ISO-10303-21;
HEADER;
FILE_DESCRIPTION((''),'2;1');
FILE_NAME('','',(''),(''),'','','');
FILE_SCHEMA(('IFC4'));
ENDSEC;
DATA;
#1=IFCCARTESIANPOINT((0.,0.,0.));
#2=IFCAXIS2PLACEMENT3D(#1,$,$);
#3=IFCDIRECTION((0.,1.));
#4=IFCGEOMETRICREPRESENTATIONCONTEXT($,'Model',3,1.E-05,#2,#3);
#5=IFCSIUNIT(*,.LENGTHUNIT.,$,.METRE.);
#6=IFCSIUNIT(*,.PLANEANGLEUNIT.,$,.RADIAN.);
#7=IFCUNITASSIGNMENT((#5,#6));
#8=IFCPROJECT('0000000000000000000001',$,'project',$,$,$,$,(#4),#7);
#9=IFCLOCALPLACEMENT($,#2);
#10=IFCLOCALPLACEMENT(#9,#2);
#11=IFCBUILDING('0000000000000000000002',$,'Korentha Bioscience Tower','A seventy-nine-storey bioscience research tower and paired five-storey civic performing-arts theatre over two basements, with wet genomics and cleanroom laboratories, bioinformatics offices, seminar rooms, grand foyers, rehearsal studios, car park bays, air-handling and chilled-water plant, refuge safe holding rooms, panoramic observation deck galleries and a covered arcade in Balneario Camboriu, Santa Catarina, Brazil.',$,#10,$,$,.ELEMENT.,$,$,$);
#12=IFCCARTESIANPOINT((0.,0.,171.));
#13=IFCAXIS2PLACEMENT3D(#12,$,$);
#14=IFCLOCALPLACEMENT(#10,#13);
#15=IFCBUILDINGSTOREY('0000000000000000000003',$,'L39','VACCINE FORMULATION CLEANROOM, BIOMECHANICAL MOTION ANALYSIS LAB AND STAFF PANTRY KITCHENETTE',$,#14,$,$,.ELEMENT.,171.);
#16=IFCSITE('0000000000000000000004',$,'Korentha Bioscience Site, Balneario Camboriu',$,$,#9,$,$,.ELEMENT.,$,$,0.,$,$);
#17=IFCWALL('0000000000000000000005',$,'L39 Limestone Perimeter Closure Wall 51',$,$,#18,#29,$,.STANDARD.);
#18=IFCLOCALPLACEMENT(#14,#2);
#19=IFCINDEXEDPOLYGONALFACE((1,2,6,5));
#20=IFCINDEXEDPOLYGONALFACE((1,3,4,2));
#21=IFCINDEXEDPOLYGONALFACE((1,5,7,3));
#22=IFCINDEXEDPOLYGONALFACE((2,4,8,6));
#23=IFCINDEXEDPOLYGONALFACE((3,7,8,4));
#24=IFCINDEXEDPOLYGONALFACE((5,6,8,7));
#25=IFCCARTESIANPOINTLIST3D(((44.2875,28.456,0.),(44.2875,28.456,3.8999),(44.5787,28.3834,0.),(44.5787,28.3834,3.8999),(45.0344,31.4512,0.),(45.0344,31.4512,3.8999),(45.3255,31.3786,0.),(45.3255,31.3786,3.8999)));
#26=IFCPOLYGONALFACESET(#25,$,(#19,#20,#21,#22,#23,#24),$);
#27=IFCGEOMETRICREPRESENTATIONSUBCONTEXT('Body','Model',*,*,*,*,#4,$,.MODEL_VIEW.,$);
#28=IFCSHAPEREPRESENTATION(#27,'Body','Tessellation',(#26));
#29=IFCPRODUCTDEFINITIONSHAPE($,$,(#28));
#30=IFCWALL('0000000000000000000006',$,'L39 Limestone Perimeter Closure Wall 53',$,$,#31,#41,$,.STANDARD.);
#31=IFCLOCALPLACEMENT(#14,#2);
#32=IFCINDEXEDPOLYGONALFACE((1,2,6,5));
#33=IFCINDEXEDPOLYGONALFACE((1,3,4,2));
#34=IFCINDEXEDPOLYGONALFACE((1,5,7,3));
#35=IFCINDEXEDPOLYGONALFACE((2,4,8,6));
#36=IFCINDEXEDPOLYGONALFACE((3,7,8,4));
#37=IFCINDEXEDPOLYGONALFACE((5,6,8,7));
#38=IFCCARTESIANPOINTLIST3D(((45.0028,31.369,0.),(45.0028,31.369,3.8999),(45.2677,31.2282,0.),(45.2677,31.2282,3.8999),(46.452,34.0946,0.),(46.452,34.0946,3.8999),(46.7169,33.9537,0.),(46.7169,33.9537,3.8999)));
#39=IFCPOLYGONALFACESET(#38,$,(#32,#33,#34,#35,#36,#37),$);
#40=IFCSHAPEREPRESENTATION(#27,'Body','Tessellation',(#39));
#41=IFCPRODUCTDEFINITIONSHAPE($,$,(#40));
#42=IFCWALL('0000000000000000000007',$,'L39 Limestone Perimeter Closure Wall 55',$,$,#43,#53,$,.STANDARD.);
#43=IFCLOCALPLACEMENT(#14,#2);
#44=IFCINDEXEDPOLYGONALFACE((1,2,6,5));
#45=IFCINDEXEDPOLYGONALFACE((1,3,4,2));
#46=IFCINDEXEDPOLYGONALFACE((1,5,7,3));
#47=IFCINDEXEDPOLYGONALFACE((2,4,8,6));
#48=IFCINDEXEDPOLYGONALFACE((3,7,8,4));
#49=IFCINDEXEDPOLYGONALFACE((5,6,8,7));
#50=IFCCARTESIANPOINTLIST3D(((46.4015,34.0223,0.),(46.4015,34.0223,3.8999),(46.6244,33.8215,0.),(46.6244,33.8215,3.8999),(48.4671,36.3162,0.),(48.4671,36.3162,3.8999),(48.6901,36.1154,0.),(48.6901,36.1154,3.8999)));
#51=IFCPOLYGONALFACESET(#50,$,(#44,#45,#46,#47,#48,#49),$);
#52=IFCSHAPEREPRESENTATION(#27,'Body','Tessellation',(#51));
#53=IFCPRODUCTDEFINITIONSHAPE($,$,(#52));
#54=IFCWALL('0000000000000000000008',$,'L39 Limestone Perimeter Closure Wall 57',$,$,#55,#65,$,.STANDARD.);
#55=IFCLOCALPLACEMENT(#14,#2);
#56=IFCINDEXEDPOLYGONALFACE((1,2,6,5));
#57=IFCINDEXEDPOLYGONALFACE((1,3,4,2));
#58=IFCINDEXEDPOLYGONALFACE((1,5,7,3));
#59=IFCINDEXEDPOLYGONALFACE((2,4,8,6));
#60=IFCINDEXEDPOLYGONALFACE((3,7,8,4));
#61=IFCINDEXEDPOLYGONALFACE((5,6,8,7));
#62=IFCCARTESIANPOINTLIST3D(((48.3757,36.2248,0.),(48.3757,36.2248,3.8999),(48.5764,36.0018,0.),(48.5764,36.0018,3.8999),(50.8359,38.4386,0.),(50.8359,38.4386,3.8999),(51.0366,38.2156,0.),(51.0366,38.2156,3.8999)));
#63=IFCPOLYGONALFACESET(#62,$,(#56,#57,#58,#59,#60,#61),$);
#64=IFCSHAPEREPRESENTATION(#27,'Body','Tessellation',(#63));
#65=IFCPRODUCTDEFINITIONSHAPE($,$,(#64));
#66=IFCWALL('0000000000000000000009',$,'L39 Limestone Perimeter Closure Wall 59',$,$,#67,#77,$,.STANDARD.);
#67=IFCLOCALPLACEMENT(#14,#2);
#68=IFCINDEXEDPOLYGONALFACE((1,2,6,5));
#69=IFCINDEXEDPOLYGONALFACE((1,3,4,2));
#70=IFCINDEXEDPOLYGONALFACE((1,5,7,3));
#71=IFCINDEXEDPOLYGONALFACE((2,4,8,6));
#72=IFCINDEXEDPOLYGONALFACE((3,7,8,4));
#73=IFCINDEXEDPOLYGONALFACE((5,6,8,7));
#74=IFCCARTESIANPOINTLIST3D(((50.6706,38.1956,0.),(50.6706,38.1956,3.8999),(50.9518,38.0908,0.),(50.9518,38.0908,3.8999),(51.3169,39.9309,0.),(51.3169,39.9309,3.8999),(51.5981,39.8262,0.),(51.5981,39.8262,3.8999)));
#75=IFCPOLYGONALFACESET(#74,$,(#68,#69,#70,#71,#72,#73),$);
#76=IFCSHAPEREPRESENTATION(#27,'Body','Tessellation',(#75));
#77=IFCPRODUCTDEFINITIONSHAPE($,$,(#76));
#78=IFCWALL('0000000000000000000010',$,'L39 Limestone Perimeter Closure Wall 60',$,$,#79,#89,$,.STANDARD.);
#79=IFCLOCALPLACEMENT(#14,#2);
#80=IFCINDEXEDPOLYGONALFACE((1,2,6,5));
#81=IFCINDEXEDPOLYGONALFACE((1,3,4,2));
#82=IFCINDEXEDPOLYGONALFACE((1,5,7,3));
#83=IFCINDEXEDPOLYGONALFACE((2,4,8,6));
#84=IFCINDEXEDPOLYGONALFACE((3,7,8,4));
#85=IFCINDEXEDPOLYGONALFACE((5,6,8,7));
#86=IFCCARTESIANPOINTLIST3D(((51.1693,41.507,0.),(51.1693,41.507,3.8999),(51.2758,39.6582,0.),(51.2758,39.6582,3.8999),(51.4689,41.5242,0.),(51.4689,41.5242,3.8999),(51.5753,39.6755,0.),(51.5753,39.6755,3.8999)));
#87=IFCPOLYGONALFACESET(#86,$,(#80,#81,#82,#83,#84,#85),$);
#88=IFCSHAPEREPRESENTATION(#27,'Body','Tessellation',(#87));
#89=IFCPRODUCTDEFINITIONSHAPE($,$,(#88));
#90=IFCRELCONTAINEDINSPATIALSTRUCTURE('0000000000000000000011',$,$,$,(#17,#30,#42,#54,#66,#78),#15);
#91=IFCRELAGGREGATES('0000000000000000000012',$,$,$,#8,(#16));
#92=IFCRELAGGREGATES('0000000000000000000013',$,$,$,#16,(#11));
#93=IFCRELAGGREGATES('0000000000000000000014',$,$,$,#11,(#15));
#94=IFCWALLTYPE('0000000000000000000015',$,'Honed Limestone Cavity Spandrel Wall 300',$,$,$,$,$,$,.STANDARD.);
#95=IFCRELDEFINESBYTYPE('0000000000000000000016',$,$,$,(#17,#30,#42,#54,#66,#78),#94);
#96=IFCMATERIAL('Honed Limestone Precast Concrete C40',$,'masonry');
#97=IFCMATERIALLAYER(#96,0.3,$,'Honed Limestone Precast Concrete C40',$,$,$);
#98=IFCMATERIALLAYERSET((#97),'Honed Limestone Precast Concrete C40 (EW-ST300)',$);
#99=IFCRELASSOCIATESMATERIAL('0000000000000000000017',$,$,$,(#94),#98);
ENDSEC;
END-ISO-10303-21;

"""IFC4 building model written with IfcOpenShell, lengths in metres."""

from ifc_helpers import new_model, si_unit, direction, frame, frame_2d, origin, place, context, subcontext, project, spatial, rectangle, extrude, material, layer, layer_set, type_object, element, save


model = new_model("IFC4")

# Units and contexts
model_context = context("Model", 3, precision=1e-05, world=origin(), true_north=direction((0.0, 1.0)))
body_context = subcontext(model_context, "Body", "Model", "MODEL_VIEW")
ifc_project = project(units=[si_unit("LENGTHUNIT", "METRE"), si_unit("PLANEANGLEUNIT", "RADIAN")], contexts=[model_context])

# Site, building, storey
site_placement = place(None, origin())
site = spatial("IfcSite", under=ifc_project, at=site_placement, Name="Korentha Bioscience Site, Balneario Camboriu", CompositionType="ELEMENT", RefElevation=0.0)
building_placement = place(site_placement, origin())
building = spatial("IfcBuilding", under=site, at=building_placement, Name="Korentha Bioscience Tower", Description="A seventy-nine-storey bioscience research tower and paired five-storey civic performing-arts theatre over two basements, with wet genomics and cleanroom laboratories, bioinformatics offices, seminar rooms, grand foyers, rehearsal studios, car park bays, air-handling and chilled-water plant, refuge safe holding rooms, panoramic observation deck galleries and a covered arcade in Balneario Camboriu, Santa Catarina, Brazil.", CompositionType="ELEMENT")
storey_placement = place(building_placement, frame((0.0, 0.0, 171.0)))
storey = spatial("IfcBuildingStorey", under=building, at=storey_placement, Name="L39", Description="VACCINE FORMULATION CLEANROOM, BIOMECHANICAL MOTION ANALYSIS LAB AND STAFF PANTRY KITCHENETTE", CompositionType="ELEMENT", Elevation=171.0)

# Walls
ifc_material_1 = material(Name="Honed Limestone Precast Concrete C40", Category="masonry")
ifc_layer_1 = layer(ifc_material_1, 0.3, Name="Honed Limestone Precast Concrete C40")
ifc_layer_set_1 = layer_set([ifc_layer_1], Name="Honed Limestone Precast Concrete C40 (EW-ST300)")
wall_type = type_object("IfcWallType", Name="Honed Limestone Cavity Spandrel Wall 300", PredefinedType="STANDARD", material=ifc_layer_set_1)
for number, where, z_axis, x_axis, name in (
    (1, (44.4331, 28.4197, 0.0), (0.0, 0.0, 1.0), (0.24194, 0.970291, 0.0), "L39 Limestone Perimeter Closure Wall 51"),
    (2, (45.1353, 31.2986, 0.0), (0.0, 0.0, 1.0), (0.469471, 0.882948, 0.0), "L39 Limestone Perimeter Closure Wall 53"),
    (3, (46.5129, 33.9219, 0.0), (0.0, 0.0, 1.0), (0.669166, 0.743113, 0.0), "L39 Limestone Perimeter Closure Wall 55"),
):
    element("IfcWall", number, at=place(storey_placement, frame(where, z_axis=z_axis, x_axis=x_axis)), inside=storey, type_object=wall_type, Name=name, PredefinedType="STANDARD", context=body_context, shape_type="SweptSolid", body=[
        extrude(rectangle(XDim=3.0869, YDim=0.3, at=frame_2d((1.5435, 0.0))), origin(), (0.0, 0.0, 1.0), 3.8999),
    ])
wall_placement = place(storey_placement, frame((48.4761, 36.1133, 0.0), z_axis=(0.0, 0.0, 1.0), x_axis=(0.743342, 0.668912, 0.0)))
element("IfcWall", 4, at=wall_placement, inside=storey, type_object=wall_type, Name="L39 Limestone Perimeter Closure Wall 57", PredefinedType="STANDARD", context=body_context, shape_type="SweptSolid", body=[
    extrude(rectangle(XDim=3.3096, YDim=0.3, at=frame_2d((1.6548, 0.0))), origin(), (0.0, 0.0, 1.0), 3.8999),
])
for number, where, z_axis, x_axis, name in (
    (5, (50.8113, 38.1433, 0.0), (0.0, 0.0, 1.0), (0.348984, 0.937129, 0.0), "L39 Limestone Perimeter Closure Wall 59"),
    (6, (51.4255, 39.667, 0.0), (0.0, 0.0, 1.0), (-0.057485, 0.998346, 0.0), "L39 Limestone Perimeter Closure Wall 60"),
):
    element("IfcWall", number, at=place(storey_placement, frame(where, z_axis=z_axis, x_axis=x_axis)), inside=storey, type_object=wall_type, Name=name, PredefinedType="STANDARD", context=body_context, shape_type="SweptSolid", body=[
        extrude(rectangle(XDim=1.8518, YDim=0.3, at=frame_2d((0.9258, 0.0))), origin(), (0.0, 0.0, 1.0), 3.8999),
    ])

save(model, "model.ifc")
